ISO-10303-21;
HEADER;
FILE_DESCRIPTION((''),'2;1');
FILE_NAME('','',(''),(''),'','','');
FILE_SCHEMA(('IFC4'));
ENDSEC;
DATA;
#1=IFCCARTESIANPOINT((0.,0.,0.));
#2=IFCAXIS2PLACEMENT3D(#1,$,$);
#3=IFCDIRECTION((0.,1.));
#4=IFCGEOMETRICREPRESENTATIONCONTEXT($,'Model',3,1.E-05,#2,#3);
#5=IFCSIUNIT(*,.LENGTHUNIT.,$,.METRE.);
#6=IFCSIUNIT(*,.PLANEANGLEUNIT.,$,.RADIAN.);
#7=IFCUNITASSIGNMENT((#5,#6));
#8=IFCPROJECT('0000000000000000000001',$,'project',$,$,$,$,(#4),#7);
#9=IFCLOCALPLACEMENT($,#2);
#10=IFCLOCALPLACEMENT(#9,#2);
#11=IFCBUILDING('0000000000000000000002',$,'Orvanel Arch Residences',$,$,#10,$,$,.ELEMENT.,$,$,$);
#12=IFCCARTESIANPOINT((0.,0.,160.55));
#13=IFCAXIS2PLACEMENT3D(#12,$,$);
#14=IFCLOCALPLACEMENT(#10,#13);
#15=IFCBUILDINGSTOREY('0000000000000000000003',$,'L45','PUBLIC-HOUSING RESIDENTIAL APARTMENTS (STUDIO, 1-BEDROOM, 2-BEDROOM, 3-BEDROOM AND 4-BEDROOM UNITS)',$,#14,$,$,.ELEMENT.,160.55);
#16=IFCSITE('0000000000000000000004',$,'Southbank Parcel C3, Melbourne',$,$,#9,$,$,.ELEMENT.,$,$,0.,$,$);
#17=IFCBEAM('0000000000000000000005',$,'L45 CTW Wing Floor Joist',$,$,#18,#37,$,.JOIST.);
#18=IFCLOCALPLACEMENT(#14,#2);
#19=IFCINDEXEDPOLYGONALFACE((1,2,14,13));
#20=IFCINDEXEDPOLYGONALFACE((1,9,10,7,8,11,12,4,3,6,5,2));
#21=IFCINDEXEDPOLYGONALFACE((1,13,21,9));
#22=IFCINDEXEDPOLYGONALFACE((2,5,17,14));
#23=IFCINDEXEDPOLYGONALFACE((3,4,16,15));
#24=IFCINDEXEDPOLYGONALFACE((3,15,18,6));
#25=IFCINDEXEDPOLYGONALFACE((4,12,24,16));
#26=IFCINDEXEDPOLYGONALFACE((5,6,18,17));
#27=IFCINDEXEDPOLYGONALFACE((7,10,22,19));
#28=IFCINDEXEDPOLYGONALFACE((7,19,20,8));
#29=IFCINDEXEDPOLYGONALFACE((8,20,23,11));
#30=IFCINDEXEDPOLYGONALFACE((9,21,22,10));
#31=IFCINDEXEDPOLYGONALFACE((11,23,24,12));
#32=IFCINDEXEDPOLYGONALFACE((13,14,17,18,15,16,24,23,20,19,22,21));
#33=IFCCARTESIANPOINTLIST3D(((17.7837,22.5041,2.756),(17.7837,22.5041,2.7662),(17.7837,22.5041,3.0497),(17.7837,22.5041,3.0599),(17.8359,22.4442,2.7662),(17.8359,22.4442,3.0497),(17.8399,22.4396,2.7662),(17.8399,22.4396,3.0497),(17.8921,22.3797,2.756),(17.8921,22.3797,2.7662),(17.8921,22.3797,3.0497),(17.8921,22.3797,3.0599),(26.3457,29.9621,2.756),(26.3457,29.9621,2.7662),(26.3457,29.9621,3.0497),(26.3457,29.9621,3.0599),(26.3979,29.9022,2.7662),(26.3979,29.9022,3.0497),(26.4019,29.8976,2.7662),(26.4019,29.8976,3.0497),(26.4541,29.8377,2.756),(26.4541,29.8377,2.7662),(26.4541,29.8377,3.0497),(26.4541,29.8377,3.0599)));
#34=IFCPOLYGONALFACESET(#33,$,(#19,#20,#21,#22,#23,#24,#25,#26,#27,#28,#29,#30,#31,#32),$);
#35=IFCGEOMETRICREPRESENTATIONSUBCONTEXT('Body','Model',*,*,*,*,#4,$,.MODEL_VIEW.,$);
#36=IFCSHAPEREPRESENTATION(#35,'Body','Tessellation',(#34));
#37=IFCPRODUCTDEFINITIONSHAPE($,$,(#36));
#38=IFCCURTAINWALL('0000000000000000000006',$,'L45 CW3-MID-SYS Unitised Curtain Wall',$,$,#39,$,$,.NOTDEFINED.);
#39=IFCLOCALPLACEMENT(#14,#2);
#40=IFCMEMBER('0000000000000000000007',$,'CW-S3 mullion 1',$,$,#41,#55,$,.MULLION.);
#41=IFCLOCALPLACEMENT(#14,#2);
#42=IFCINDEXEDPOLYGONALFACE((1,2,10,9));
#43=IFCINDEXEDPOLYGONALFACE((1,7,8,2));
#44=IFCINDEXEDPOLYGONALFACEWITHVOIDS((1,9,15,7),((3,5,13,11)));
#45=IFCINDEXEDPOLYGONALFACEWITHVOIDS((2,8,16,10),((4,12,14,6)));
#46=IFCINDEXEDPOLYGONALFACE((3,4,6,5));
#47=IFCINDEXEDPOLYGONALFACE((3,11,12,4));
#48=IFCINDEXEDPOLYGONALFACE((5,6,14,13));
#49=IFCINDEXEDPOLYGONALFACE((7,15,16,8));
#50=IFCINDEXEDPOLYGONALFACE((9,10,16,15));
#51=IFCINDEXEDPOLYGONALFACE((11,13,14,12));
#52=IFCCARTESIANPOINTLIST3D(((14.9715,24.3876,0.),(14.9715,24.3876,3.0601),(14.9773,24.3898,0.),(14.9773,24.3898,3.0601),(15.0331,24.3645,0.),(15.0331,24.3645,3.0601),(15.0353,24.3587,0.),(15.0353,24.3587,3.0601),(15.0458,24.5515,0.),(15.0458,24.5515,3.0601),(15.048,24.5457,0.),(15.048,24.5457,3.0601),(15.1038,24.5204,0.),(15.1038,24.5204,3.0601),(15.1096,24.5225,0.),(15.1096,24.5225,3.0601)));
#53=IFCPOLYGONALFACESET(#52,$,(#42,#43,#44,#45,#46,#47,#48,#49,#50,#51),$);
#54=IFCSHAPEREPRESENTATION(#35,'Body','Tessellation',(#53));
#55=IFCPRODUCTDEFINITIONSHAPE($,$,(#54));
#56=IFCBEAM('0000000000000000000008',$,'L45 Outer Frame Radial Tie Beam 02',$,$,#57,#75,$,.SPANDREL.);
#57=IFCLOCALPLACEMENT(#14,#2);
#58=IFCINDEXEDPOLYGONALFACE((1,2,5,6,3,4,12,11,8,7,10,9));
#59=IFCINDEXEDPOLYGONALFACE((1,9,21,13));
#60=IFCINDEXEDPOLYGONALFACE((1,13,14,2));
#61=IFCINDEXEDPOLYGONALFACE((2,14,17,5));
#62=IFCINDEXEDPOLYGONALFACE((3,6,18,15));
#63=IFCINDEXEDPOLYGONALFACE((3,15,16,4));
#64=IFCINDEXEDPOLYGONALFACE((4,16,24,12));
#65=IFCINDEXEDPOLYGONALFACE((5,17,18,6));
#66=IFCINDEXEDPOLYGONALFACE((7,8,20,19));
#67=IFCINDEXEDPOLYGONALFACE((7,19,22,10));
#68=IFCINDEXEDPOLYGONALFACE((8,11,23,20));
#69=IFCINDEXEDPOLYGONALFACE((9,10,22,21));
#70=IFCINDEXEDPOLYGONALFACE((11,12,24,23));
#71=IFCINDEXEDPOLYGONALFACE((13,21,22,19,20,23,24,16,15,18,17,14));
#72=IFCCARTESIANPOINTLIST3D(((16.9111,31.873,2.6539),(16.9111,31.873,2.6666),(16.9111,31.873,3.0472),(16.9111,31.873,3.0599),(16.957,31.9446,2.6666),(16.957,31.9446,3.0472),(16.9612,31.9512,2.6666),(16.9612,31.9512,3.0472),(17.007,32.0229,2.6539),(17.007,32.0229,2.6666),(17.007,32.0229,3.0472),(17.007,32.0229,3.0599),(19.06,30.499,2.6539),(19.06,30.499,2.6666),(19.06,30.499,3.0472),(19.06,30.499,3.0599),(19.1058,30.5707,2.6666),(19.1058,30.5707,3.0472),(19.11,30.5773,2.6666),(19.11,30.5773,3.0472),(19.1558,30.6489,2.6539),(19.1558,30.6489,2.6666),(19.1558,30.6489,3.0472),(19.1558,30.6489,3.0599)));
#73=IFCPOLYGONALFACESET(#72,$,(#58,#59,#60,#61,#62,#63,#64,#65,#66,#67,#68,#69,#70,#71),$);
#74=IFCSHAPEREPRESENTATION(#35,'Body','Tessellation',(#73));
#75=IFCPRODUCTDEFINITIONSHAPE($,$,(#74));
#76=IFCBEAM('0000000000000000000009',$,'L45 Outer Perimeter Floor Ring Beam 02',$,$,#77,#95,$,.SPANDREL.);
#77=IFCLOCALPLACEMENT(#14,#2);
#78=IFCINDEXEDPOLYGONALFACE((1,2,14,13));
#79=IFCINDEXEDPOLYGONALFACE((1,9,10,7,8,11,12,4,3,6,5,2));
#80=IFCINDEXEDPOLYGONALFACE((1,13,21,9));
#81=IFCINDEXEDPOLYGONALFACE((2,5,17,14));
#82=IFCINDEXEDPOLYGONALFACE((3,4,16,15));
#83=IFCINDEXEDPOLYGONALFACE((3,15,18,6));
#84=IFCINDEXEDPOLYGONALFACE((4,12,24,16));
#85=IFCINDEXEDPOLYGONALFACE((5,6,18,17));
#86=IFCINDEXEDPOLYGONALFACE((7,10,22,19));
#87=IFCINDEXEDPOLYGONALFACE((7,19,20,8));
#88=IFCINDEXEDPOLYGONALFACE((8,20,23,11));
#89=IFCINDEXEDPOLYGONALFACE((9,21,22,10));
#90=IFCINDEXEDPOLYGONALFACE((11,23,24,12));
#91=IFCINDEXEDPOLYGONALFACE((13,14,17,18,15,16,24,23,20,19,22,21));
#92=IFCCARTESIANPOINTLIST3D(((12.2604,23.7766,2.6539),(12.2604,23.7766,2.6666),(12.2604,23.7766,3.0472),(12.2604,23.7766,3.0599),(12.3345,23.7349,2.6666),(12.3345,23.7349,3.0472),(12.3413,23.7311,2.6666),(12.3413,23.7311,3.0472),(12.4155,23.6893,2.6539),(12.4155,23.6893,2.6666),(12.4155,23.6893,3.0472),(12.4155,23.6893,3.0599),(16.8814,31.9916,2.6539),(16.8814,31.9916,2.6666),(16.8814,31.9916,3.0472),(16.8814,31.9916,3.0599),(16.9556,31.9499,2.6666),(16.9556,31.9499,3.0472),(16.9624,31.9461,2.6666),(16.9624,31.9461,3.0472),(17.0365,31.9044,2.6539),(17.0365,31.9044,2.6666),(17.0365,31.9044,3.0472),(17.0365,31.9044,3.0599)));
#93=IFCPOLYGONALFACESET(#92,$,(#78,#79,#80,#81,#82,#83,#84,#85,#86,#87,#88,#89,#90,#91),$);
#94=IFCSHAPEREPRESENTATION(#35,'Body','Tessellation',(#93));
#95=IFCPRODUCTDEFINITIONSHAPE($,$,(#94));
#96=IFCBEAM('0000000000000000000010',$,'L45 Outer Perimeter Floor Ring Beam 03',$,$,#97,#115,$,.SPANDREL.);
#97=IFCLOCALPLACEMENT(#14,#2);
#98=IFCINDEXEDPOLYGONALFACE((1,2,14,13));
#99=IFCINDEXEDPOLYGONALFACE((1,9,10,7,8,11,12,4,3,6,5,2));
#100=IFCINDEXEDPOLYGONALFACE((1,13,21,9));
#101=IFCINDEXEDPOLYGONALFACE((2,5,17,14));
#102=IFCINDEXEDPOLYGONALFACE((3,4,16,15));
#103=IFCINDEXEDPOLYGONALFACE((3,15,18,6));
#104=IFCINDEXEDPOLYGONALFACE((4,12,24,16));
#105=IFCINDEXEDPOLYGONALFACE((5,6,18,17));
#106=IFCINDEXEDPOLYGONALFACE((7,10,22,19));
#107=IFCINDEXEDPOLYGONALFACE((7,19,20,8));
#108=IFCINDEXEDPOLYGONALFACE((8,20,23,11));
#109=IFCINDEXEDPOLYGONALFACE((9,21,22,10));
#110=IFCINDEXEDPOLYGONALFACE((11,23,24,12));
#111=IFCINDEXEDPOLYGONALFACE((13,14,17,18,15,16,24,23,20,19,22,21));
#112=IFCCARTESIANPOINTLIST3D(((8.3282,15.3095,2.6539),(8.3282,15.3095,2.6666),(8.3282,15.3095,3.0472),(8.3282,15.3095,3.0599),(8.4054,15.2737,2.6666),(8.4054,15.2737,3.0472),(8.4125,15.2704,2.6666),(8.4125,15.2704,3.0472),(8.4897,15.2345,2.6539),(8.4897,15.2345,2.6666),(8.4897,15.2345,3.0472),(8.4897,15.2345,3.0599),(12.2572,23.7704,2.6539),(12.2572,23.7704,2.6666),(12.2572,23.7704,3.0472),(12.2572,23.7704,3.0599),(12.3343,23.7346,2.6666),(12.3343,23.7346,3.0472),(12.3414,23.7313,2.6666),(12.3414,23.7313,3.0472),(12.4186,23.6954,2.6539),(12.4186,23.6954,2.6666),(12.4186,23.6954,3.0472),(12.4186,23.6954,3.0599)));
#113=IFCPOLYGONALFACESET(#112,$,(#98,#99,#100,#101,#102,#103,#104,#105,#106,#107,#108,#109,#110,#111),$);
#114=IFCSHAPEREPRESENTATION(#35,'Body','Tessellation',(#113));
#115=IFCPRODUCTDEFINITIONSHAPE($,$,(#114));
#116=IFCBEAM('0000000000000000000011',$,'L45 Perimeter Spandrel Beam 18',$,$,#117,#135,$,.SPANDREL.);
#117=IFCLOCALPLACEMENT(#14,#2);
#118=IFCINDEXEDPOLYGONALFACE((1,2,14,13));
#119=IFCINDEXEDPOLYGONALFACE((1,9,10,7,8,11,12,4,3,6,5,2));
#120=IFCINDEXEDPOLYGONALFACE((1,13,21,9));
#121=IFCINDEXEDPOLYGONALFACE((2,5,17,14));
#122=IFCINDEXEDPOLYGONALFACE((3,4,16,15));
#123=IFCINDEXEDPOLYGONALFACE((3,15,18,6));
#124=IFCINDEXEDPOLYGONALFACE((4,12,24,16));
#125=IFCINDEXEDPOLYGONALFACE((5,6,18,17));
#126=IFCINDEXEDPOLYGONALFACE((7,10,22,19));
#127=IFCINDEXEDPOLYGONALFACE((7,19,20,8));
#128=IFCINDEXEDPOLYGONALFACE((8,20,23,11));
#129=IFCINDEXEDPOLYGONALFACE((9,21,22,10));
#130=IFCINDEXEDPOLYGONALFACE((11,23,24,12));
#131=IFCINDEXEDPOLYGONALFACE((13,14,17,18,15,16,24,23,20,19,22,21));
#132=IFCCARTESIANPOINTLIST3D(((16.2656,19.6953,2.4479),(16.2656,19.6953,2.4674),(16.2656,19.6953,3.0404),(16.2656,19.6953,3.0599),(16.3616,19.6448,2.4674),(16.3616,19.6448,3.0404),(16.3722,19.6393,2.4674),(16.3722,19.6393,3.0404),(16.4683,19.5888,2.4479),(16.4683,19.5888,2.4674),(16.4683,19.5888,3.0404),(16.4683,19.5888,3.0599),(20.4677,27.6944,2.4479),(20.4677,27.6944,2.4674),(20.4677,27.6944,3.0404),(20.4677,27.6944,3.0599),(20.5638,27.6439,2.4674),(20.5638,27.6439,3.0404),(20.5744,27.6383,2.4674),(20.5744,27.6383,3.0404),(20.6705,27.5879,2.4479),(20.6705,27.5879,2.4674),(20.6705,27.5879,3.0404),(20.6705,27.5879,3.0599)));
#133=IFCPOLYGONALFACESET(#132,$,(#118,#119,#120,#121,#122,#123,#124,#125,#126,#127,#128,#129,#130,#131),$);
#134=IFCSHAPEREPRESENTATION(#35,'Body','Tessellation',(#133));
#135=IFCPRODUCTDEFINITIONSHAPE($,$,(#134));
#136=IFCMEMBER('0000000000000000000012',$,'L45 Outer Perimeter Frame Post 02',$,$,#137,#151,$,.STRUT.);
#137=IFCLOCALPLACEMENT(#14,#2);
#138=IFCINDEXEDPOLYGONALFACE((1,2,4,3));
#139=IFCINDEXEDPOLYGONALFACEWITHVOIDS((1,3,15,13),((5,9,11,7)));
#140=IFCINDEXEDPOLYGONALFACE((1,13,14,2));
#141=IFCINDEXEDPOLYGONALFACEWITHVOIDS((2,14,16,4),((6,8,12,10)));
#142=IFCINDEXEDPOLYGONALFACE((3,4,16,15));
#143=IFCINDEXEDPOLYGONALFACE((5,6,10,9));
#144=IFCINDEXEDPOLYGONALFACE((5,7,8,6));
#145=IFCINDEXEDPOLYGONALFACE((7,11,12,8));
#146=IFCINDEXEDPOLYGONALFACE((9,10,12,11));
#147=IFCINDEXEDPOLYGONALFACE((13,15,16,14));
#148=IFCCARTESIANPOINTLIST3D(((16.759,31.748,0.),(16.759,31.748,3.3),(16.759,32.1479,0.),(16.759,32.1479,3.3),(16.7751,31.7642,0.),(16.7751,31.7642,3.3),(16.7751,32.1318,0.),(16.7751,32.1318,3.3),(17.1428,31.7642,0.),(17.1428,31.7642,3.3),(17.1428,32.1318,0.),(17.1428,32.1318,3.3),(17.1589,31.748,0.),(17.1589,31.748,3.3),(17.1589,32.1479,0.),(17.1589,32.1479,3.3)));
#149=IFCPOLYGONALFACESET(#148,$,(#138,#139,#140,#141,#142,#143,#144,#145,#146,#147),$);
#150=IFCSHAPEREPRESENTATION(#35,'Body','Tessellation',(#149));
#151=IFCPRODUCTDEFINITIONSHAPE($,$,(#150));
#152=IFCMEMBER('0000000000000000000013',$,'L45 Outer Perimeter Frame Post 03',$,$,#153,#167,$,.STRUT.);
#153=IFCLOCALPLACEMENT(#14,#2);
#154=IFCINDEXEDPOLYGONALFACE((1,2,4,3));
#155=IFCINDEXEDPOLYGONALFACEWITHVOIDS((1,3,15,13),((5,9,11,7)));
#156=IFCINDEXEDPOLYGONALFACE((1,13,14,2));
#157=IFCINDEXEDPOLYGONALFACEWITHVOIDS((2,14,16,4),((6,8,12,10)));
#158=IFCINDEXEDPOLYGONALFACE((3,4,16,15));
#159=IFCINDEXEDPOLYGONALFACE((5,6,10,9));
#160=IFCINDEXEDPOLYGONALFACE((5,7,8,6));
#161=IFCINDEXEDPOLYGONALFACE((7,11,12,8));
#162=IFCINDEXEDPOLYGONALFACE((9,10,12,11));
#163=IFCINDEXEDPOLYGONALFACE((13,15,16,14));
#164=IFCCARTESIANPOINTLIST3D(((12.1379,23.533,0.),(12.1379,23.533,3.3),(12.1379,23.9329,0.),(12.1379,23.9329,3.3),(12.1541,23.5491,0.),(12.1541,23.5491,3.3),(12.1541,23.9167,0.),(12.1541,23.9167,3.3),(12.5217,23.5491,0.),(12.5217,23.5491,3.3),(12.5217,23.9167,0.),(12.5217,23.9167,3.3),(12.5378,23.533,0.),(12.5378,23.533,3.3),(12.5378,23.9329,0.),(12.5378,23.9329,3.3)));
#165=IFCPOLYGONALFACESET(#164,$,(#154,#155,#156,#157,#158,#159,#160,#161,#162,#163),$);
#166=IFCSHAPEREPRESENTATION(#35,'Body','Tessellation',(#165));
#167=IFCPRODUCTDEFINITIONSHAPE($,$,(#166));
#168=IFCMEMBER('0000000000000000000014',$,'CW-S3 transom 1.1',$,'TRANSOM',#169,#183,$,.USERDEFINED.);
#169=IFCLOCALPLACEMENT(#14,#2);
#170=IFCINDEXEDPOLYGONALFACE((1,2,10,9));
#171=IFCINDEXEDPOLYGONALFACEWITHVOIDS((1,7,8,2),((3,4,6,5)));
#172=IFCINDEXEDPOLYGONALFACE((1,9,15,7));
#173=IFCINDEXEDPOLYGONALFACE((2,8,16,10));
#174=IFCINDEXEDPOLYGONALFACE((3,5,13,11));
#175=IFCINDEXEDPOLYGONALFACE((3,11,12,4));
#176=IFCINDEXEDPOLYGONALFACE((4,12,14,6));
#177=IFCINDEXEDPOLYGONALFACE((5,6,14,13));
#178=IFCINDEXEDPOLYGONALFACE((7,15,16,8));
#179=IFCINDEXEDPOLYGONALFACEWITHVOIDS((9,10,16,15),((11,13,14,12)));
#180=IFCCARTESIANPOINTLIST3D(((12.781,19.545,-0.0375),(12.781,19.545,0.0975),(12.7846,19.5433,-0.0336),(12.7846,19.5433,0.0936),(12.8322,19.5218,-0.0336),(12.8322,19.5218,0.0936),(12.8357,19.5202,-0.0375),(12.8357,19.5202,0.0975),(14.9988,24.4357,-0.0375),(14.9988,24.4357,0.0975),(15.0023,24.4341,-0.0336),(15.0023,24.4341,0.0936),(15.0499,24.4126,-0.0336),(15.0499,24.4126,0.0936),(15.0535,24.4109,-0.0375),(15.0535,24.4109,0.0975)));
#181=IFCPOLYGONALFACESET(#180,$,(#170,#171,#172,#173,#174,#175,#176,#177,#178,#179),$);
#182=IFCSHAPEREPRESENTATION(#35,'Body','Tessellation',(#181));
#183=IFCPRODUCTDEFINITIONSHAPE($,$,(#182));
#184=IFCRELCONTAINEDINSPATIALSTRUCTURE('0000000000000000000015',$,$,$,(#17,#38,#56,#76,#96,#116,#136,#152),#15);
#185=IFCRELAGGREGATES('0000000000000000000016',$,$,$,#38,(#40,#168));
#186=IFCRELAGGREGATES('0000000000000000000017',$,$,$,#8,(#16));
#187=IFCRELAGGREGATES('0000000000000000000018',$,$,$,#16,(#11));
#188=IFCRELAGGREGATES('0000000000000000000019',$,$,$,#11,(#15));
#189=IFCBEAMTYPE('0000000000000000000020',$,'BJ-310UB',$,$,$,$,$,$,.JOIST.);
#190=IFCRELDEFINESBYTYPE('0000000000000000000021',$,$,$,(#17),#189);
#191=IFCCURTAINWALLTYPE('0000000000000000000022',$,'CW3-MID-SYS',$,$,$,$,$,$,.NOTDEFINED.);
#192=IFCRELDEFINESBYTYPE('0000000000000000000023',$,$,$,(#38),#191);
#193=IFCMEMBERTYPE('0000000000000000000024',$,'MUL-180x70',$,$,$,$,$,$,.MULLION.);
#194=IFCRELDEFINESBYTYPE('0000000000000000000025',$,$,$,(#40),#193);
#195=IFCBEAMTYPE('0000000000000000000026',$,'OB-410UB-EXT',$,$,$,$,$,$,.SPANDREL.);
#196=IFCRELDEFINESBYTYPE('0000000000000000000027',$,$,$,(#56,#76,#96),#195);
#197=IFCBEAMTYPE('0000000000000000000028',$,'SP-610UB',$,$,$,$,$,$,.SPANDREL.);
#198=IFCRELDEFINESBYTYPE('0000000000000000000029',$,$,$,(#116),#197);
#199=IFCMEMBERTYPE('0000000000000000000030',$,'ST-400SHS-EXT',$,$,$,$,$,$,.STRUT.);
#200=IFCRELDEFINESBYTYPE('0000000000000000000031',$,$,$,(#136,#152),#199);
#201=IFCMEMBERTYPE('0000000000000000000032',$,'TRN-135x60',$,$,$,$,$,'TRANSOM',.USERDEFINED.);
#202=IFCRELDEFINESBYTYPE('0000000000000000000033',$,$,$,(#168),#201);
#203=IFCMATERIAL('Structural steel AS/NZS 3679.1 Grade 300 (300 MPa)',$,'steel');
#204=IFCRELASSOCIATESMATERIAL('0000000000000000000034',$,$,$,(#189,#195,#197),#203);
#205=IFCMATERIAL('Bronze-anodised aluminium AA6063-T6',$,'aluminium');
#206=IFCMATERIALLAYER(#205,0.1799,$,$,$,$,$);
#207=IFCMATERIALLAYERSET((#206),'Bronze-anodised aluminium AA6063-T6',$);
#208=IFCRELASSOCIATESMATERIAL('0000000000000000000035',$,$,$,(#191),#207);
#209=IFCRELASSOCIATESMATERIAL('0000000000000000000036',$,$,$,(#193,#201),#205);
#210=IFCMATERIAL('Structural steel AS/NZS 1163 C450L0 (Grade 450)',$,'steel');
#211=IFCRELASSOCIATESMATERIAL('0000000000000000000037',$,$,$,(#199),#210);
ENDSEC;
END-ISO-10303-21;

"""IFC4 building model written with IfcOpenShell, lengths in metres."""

from ifc_helpers import new_model, si_unit, direction, frame, origin, origin_2d, place, context, subcontext, project, spatial, hollow_rectangle, i_section, extrude, material, layer, layer_set, material_profile, profile_set, type_object, element, aggregate, save


model = new_model("IFC4")

# Units and contexts
model_context = context("Model", 3, precision=1e-05, world=origin(), true_north=direction((0.0, 1.0)))
body_context = subcontext(model_context, "Body", "Model", "MODEL_VIEW")
ifc_project = project(units=[si_unit("LENGTHUNIT", "METRE"), si_unit("PLANEANGLEUNIT", "RADIAN")], contexts=[model_context])

# Site, building, storey
site_placement = place(None, origin())
site = spatial("IfcSite", under=ifc_project, at=site_placement, Name="Southbank Parcel C3, Melbourne", CompositionType="ELEMENT", RefElevation=0.0)
building_placement = place(site_placement, origin())
building = spatial("IfcBuilding", under=site, at=building_placement, Name="Orvanel Arch Residences", CompositionType="ELEMENT")
storey_placement = place(building_placement, frame((0.0, 0.0, 160.55)))
storey = spatial("IfcBuildingStorey", under=building, at=storey_placement, Name="L45", Description="PUBLIC-HOUSING RESIDENTIAL APARTMENTS (STUDIO, 1-BEDROOM, 2-BEDROOM, 3-BEDROOM AND 4-BEDROOM UNITS)", CompositionType="ELEMENT", Elevation=160.55)

# Shared definitions
ifc_material_1 = material(Name="Structural steel AS/NZS 1163 C450L0 (Grade 450)", Category="steel")

# Beam
ifc_material_2 = material(Name="Structural steel AS/NZS 3679.1 Grade 300 (300 MPa)", Category="steel")
ifc_material_profile_1 = material_profile(ifc_material_2, i_section(OverallWidth=0.165, OverallDepth=0.304, WebThickness=0.0061, FlangeThickness=0.0103, at=origin_2d()), Name="310UB40.4")
ifc_profile_set_1 = profile_set([ifc_material_profile_1], Name="Structural steel AS/NZS 3679.1 Grade 300 (300 MPa)")
beam_type_1 = type_object("IfcBeamType", Name="BJ-310UB", PredefinedType="JOIST", material=ifc_profile_set_1)
beam_1_placement = place(storey_placement, frame((26.3999, 29.8999, 2.908), z_axis=(-0.754048, -0.656819, 0.0), x_axis=(0.656819, -0.754048, 0.0)))
element("IfcBeam", 1, at=beam_1_placement, inside=storey, type_object=beam_type_1, Name="L45 CTW Wing Floor Joist", PredefinedType="JOIST", context=body_context, shape_type="SweptSolid", body=[
    extrude(i_section(OverallWidth=0.165, OverallDepth=0.304, WebThickness=0.0061, FlangeThickness=0.0103, at=origin_2d()), origin(), (0.0, 0.0, 1.0), 11.3547),
])

# Curtain wall, member
ifc_material_3 = material(Name="Bronze-anodised aluminium AA6063-T6", Category="aluminium")
ifc_layer_1 = layer(ifc_material_3, 0.1799)
ifc_layer_set_1 = layer_set([ifc_layer_1], Name="Bronze-anodised aluminium AA6063-T6")
curtain_wall_type = type_object("IfcCurtainWallType", Name="CW3-MID-SYS", PredefinedType="NOTDEFINED", material=ifc_layer_set_1)
curtain_wall_placement = place(storey_placement, origin())
curtain_wall = element("IfcCurtainWall", 2, at=curtain_wall_placement, inside=storey, type_object=curtain_wall_type, Name="L45 CW3-MID-SYS Unitised Curtain Wall", PredefinedType="NOTDEFINED")
ifc_material_profile_2 = material_profile(ifc_material_3, hollow_rectangle(XDim=0.0701, YDim=0.1799, WallThickness=0.0044, at=origin_2d()), Name="ALU180x70x4.5")
ifc_profile_set_2 = profile_set([ifc_material_profile_2], Name="Bronze-anodised aluminium AA6063-T6")
member_type_1 = type_object("IfcMemberType", Name="MUL-180x70", PredefinedType="MULLION", material=ifc_profile_set_2)
member_1_placement = place(storey_placement, frame((15.0405, 24.4551, 0.0), z_axis=(0.0, 0.0, 1.0), x_axis=(0.910746, -0.412968, 0.0)))
member_1 = element("IfcMember", 3, at=member_1_placement, type_object=member_type_1, Name="CW-S3 mullion 1", PredefinedType="MULLION", context=body_context, shape_type="SweptSolid", body=[
    extrude(hollow_rectangle(XDim=0.0701, YDim=0.1799, WallThickness=0.0044, at=origin_2d()), origin(), (0.0, 0.0, 1.0), 3.0601),
])

# Beams
ifc_material_profile_3 = material_profile(ifc_material_2, i_section(OverallWidth=0.178, OverallDepth=0.406, WebThickness=0.0078, FlangeThickness=0.0127, at=origin_2d()), Name="410UB59.7")
ifc_profile_set_3 = profile_set([ifc_material_profile_3], Name="Structural steel AS/NZS 3679.1 Grade 300 (300 MPa)")
beam_type_2 = type_object("IfcBeamType", Name="OB-410UB-EXT", PredefinedType="SPANDREL", material=ifc_profile_set_3)
beam_2_placement = place(storey_placement, frame((19.1079, 30.574, 2.8569), z_axis=(-0.842501, 0.538695, 0.0), x_axis=(-0.538695, -0.842501, 0.0)))
element("IfcBeam", 4, at=beam_2_placement, inside=storey, type_object=beam_type_2, Name="L45 Outer Frame Radial Tie Beam 02", PredefinedType="SPANDREL", context=body_context, shape_type="SweptSolid", body=[
    extrude(i_section(OverallWidth=0.178, OverallDepth=0.406, WebThickness=0.0078, FlangeThickness=0.0127, at=origin_2d()), origin(), (0.0, 0.0, 1.0), 2.5505),
])
beam_3_placement = place(storey_placement, frame((16.959, 31.948, 2.8569), z_axis=(-0.49027, -0.871571, 0.0), x_axis=(0.871571, -0.49027, 0.0)))
element("IfcBeam", 5, at=beam_3_placement, inside=storey, type_object=beam_type_2, Name="L45 Outer Perimeter Floor Ring Beam 02", PredefinedType="SPANDREL", context=body_context, shape_type="SweptSolid", body=[
    extrude(i_section(OverallWidth=0.178, OverallDepth=0.406, WebThickness=0.0078, FlangeThickness=0.0127, at=origin_2d()), origin(), (0.0, 0.0, 1.0), 9.4255),
])
beam_4_placement = place(storey_placement, frame((12.3379, 23.7329, 2.8569), z_axis=(-0.42117, -0.906982, 0.0), x_axis=(0.906982, -0.42117, 0.0)))
element("IfcBeam", 6, at=beam_4_placement, inside=storey, type_object=beam_type_2, Name="L45 Outer Perimeter Floor Ring Beam 03", PredefinedType="SPANDREL", context=body_context, shape_type="SweptSolid", body=[
    extrude(i_section(OverallWidth=0.178, OverallDepth=0.406, WebThickness=0.0078, FlangeThickness=0.0127, at=origin_2d()), origin(), (0.0, 0.0, 1.0), 9.3286),
])
ifc_material_profile_4 = material_profile(ifc_material_2, i_section(OverallWidth=0.229, OverallDepth=0.6121, WebThickness=0.012, FlangeThickness=0.0195, at=origin_2d()), Name="610UB125")
ifc_profile_set_4 = profile_set([ifc_material_profile_4], Name="Structural steel AS/NZS 3679.1 Grade 300 (300 MPa)")
beam_type_3 = type_object("IfcBeamType", Name="SP-610UB", PredefinedType="SPANDREL", material=ifc_profile_set_4)
beam_5_placement = place(storey_placement, frame((20.5691, 27.6411, 2.7539), z_axis=(-0.465065, -0.885277, 0.0), x_axis=(0.885277, -0.465065, 0.0)))
element("IfcBeam", 7, at=beam_5_placement, inside=storey, type_object=beam_type_3, Name="L45 Perimeter Spandrel Beam 18", PredefinedType="SPANDREL", context=body_context, shape_type="SweptSolid", body=[
    extrude(i_section(OverallWidth=0.229, OverallDepth=0.6121, WebThickness=0.012, FlangeThickness=0.0195, at=origin_2d()), origin(), (0.0, 0.0, 1.0), 9.0356),
])

# Members
ifc_material_profile_5 = material_profile(ifc_material_1, hollow_rectangle(XDim=0.3999, YDim=0.3999, WallThickness=0.0161, at=origin_2d()), Name="SHS400x400x16")
ifc_profile_set_5 = profile_set([ifc_material_profile_5], Name="Structural steel AS/NZS 1163 C450L0 (Grade 450)")
member_type_2 = type_object("IfcMemberType", Name="ST-400SHS-EXT", PredefinedType="STRUT", material=ifc_profile_set_5)
for number, where, z_axis, x_axis, name in (
    (8, (16.959, 31.948, 0.0), (0.0, 0.0, 1.0), (1.0, 0.0, 0.0), "L45 Outer Perimeter Frame Post 02"),
    (9, (12.3379, 23.7329, 0.0), (0.0, 0.0, 1.0), (1.0, 0.0, 0.0), "L45 Outer Perimeter Frame Post 03"),
):
    element("IfcMember", number, at=place(storey_placement, frame(where, z_axis=z_axis, x_axis=x_axis)), inside=storey, type_object=member_type_2, Name=name, PredefinedType="STRUT", context=body_context, shape_type="SweptSolid", body=[
        extrude(hollow_rectangle(XDim=0.3999, YDim=0.3999, WallThickness=0.0161, at=origin_2d()), origin(), (0.0, 0.0, 1.0), 3.3),
    ])

# Member
ifc_material_profile_6 = material_profile(ifc_material_3, hollow_rectangle(XDim=0.0601, YDim=0.135, WallThickness=0.0039, at=origin_2d()), Name="ALU135x60x4")
ifc_profile_set_6 = profile_set([ifc_material_profile_6], Name="Bronze-anodised aluminium AA6063-T6")
member_type_3 = type_object("IfcMemberType", Name="TRN-135x60", ElementType="TRANSOM", PredefinedType="USERDEFINED", material=ifc_profile_set_6)
member_2_placement = place(storey_placement, frame((15.0261, 24.4233, 0.03), z_axis=(-0.412977, -0.910741, 0.0), x_axis=(0.910741, -0.412977, 0.0)))
member_2 = element("IfcMember", 10, at=member_2_placement, type_object=member_type_3, Name="CW-S3 transom 1.1", ObjectType="TRANSOM", PredefinedType="USERDEFINED", context=body_context, shape_type="SweptSolid", body=[
    extrude(hollow_rectangle(XDim=0.0601, YDim=0.135, WallThickness=0.0039, at=origin_2d()), origin(), (0.0, 0.0, 1.0), 5.3701),
])
aggregate(curtain_wall, [member_1, member_2])

save(model, "model.ifc")
